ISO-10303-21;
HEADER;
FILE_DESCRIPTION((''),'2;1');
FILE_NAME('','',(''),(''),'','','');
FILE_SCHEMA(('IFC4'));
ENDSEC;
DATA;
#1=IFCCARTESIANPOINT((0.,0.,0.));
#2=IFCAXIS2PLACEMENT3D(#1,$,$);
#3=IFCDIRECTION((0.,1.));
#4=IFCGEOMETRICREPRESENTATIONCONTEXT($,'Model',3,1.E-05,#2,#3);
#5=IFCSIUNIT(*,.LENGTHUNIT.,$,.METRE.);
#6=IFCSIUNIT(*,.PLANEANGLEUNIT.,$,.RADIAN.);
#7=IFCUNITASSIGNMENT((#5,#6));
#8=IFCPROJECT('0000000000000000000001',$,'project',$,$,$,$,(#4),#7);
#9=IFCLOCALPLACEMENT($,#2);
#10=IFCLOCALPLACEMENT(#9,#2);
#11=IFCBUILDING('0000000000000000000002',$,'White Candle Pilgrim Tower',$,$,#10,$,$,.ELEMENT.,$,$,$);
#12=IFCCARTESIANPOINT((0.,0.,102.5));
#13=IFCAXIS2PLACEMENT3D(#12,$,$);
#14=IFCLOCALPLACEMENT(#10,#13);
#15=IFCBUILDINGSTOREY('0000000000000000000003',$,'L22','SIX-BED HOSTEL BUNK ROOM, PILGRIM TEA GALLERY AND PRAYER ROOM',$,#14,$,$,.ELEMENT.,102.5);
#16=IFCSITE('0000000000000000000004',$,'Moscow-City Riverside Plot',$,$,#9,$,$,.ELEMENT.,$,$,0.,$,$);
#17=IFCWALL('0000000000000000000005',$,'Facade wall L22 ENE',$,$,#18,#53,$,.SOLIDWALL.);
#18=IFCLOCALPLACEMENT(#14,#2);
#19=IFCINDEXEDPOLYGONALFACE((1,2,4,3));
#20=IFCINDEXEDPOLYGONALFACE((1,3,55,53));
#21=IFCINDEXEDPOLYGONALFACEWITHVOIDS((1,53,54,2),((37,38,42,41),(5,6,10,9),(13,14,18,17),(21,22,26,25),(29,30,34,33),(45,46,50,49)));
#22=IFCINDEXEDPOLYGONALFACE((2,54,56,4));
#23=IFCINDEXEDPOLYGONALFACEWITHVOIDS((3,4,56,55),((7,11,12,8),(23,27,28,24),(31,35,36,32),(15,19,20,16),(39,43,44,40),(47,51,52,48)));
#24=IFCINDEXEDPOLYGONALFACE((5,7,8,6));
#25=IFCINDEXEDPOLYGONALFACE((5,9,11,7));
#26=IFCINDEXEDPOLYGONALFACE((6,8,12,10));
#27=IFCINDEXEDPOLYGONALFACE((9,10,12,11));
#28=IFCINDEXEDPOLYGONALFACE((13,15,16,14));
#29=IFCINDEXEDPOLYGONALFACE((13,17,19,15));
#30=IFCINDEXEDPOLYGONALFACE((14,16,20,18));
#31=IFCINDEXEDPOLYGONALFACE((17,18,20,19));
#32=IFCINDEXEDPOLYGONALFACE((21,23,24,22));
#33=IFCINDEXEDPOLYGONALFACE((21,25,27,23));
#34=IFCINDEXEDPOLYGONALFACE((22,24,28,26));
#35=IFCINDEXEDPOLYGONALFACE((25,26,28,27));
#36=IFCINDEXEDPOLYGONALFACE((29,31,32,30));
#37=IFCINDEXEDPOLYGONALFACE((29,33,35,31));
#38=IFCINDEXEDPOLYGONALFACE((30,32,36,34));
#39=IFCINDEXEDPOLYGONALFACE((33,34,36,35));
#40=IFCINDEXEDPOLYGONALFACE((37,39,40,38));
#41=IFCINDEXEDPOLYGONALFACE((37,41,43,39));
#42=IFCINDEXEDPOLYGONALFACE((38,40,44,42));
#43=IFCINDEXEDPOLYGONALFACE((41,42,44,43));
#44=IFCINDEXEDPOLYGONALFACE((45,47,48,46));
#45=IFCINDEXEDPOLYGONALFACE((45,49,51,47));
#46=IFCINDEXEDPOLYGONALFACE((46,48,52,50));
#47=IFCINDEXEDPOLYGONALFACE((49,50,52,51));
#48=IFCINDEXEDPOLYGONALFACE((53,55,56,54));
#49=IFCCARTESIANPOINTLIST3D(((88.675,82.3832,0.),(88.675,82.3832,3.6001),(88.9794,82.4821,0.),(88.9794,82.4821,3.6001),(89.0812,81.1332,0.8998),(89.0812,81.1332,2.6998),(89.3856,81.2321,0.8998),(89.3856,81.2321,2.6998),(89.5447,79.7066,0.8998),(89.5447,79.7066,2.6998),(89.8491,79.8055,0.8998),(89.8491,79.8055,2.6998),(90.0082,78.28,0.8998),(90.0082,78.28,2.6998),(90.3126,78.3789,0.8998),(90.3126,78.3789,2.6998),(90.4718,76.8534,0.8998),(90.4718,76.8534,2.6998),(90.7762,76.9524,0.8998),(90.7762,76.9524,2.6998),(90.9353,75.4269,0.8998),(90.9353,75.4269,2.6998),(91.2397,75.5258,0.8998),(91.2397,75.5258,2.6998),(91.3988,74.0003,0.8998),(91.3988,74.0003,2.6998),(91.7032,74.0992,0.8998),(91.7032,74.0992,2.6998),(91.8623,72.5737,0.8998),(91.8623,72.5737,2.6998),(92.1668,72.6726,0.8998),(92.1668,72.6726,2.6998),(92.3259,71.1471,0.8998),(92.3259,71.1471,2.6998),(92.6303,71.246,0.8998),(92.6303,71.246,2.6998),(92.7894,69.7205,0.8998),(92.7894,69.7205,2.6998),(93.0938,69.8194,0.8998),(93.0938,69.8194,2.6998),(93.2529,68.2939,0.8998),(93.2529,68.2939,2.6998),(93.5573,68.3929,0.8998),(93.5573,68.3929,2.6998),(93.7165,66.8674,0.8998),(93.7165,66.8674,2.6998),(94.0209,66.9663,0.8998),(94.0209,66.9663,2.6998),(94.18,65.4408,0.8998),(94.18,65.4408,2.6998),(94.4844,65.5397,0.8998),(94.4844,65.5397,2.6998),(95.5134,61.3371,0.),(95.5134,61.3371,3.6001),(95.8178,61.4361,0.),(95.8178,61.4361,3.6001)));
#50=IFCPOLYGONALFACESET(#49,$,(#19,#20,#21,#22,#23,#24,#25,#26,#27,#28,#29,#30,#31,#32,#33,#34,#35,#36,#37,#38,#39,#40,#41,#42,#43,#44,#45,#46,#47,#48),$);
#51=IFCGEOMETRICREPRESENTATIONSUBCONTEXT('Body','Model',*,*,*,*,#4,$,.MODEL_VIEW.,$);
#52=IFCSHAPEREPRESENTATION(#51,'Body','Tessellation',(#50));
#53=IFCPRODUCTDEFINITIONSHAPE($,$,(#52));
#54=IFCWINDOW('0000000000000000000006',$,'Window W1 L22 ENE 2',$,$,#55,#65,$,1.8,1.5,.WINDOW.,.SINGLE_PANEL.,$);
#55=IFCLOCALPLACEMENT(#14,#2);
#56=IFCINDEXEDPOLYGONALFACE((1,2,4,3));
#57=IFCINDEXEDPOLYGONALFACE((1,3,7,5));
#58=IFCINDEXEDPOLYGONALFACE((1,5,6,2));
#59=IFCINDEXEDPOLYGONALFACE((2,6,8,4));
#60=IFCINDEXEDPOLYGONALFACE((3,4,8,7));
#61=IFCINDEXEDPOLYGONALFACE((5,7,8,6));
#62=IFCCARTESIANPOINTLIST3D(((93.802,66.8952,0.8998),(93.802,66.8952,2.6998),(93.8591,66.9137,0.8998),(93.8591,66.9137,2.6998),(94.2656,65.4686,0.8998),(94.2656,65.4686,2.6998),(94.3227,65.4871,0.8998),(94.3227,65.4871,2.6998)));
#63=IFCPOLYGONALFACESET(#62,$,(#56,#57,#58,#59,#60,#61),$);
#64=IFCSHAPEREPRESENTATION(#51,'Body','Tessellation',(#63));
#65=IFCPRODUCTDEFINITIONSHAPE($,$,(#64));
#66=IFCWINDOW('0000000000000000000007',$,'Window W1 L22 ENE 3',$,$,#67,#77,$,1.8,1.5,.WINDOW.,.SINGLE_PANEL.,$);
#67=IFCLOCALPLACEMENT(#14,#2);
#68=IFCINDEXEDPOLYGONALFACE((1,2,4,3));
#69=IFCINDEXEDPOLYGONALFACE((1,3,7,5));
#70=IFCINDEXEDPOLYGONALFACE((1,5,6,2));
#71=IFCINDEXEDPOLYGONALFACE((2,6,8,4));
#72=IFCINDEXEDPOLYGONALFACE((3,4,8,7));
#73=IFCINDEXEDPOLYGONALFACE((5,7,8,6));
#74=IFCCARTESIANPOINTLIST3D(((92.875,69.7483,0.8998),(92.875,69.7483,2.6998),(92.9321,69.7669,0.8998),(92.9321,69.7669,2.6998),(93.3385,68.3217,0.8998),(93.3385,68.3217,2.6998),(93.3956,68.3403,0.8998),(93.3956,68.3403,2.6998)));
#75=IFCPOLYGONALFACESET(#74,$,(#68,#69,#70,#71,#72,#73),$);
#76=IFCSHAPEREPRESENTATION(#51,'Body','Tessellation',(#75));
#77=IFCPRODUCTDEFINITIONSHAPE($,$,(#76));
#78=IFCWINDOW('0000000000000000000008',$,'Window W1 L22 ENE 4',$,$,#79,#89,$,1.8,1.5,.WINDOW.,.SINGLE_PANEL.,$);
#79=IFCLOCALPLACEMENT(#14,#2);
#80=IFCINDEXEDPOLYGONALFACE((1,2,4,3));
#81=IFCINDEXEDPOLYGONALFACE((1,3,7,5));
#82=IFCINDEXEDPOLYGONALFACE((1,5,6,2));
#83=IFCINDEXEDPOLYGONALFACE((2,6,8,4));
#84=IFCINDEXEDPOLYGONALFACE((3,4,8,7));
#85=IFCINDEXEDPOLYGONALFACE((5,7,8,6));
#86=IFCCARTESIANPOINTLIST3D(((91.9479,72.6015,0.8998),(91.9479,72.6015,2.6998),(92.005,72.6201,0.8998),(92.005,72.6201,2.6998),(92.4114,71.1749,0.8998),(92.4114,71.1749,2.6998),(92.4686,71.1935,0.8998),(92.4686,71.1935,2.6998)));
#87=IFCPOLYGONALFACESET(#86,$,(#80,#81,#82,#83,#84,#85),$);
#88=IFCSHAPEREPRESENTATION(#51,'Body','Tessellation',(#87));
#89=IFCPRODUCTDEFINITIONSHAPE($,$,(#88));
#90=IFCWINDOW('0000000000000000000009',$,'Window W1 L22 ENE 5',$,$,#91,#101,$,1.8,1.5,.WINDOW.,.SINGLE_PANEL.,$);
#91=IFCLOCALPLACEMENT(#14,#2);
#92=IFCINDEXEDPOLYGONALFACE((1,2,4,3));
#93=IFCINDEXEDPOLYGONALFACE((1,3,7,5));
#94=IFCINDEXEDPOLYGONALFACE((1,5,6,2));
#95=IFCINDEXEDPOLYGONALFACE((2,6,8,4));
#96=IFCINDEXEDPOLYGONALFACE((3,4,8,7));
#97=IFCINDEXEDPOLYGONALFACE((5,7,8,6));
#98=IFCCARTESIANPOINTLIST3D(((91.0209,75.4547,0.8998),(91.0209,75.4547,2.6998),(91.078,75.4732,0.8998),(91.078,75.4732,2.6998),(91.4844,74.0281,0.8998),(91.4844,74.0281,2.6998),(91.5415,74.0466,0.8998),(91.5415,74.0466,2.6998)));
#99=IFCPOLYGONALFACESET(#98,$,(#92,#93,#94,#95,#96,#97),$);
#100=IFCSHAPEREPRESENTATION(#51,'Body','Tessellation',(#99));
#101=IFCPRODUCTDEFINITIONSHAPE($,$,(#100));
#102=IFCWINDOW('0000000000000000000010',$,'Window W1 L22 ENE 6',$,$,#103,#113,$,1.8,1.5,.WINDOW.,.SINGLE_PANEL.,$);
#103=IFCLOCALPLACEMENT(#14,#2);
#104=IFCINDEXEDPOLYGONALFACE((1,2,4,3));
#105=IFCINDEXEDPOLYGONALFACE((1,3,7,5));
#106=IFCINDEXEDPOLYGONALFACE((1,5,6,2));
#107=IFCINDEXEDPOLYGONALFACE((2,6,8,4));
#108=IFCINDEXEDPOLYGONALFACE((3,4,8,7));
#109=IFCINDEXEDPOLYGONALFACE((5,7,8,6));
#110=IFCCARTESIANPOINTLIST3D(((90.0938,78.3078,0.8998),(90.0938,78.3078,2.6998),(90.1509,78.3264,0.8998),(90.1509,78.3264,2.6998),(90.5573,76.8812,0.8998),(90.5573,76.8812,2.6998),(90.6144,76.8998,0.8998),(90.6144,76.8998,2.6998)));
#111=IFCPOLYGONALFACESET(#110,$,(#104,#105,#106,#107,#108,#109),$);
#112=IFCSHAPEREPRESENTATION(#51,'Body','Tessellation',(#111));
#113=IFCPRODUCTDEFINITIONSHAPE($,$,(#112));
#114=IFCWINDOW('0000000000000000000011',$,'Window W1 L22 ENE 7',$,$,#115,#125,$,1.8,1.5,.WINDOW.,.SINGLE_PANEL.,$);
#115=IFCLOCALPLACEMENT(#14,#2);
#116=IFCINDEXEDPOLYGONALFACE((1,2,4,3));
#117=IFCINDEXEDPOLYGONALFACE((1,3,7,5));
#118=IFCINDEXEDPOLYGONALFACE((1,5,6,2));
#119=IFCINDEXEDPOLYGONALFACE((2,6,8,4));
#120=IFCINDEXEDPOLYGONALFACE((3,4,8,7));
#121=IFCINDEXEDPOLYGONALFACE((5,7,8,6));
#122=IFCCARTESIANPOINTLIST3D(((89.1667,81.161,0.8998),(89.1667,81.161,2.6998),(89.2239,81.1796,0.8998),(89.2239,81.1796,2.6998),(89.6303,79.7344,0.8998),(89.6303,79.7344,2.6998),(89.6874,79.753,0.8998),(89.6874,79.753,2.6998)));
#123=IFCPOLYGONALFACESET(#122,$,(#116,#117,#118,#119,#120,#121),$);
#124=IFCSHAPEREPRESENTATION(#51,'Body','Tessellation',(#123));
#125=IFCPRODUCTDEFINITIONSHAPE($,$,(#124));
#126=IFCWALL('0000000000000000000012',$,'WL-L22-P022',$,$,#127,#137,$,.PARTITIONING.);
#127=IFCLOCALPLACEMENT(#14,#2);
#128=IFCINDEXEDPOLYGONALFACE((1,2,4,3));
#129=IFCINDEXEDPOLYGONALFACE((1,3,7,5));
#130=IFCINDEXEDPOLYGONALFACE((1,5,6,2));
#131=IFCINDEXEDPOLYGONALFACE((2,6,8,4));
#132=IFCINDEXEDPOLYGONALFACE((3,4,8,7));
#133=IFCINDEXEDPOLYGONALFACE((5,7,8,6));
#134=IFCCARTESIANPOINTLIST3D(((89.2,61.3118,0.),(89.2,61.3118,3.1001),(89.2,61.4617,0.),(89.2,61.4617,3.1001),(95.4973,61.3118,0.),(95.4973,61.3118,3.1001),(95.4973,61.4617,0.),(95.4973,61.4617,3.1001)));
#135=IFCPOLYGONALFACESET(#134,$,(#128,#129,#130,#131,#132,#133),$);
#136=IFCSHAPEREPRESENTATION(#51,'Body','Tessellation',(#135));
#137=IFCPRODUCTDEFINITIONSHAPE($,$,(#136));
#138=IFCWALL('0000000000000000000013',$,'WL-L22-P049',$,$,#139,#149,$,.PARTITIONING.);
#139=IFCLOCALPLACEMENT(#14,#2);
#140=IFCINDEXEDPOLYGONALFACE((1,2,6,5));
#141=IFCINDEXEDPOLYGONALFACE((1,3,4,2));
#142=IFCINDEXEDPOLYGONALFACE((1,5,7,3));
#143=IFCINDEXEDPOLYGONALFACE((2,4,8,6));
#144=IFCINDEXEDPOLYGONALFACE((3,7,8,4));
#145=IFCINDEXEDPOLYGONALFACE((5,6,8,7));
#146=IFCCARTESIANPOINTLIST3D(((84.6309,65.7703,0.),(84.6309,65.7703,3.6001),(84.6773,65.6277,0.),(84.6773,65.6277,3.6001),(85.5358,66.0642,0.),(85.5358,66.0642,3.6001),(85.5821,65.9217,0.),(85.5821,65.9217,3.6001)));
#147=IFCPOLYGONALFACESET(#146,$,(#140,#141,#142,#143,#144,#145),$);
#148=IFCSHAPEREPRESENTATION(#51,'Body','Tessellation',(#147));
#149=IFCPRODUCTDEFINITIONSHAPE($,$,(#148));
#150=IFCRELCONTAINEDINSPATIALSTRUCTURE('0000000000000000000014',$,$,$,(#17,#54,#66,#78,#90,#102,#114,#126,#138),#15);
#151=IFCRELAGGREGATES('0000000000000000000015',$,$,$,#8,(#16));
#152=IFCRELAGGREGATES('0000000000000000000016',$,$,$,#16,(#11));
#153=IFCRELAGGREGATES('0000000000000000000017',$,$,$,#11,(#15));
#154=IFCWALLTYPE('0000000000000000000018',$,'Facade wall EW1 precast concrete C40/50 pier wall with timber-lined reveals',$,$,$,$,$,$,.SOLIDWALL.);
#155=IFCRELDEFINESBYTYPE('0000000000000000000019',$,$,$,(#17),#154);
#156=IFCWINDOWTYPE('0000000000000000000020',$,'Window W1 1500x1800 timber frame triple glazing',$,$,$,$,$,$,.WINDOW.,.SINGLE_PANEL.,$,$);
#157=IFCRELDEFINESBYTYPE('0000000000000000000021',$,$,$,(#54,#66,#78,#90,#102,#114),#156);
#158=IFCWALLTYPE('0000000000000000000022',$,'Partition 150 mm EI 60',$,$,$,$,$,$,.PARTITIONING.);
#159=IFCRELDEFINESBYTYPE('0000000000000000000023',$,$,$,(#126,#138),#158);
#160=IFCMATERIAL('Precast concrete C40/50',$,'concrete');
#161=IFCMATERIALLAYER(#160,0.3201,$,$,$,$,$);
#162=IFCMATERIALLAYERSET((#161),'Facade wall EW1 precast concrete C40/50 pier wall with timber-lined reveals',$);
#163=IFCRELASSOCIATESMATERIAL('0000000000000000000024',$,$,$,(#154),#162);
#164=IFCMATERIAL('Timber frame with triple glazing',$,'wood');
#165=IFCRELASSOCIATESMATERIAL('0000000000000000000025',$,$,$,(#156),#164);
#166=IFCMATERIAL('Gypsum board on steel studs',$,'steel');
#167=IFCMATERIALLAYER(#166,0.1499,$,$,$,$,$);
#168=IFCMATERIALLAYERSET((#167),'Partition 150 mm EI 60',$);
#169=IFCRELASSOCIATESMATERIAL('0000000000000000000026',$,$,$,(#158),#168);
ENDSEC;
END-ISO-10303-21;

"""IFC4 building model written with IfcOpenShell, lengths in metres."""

from ifc_helpers import new_model, si_unit, direction, frame, frame_2d, origin, place, context, subcontext, project, spatial, rectangle, extrude, material, layer, layer_set, type_object, element, fill, save


model = new_model("IFC4")

# Units and contexts
model_context = context("Model", 3, precision=1e-05, world=origin(), true_north=direction((0.0, 1.0)))
body_context = subcontext(model_context, "Body", "Model", "MODEL_VIEW")
ifc_project = project(units=[si_unit("LENGTHUNIT", "METRE"), si_unit("PLANEANGLEUNIT", "RADIAN")], contexts=[model_context])

# Site, building, storey
site_placement = place(None, origin())
site = spatial("IfcSite", under=ifc_project, at=site_placement, Name="Moscow-City Riverside Plot", CompositionType="ELEMENT", RefElevation=0.0)
building_placement = place(site_placement, origin())
building = spatial("IfcBuilding", under=site, at=building_placement, Name="White Candle Pilgrim Tower", CompositionType="ELEMENT")
storey_placement = place(building_placement, frame((0.0, 0.0, 102.5)))
storey = spatial("IfcBuildingStorey", under=building, at=storey_placement, Name="L22", Description="SIX-BED HOSTEL BUNK ROOM, PILGRIM TEA GALLERY AND PRAYER ROOM", CompositionType="ELEMENT", Elevation=102.5)

# Shared definitions
ifc_material_1 = material(Name="Gypsum board on steel studs", Category="steel")

# Wall, openings, windows
ifc_material_2 = material(Name="Precast concrete C40/50", Category="concrete")
ifc_layer_1 = layer(ifc_material_2, 0.3201)
ifc_layer_set_1 = layer_set([ifc_layer_1], Name="Facade wall EW1 precast concrete C40/50 pier wall with timber-lined reveals")
wall_type_1 = type_object("IfcWallType", Name="Facade wall EW1 precast concrete C40/50 pier wall with timber-lined reveals", PredefinedType="SOLIDWALL", material=ifc_layer_set_1)
wall_1_placement = place(storey_placement, frame((95.6655, 61.3867, 0.0), z_axis=(0.0, 0.0, 1.0), x_axis=(-0.30902, 0.951056, 0.0)))
wall_1 = element("IfcWall", 1, at=wall_1_placement, inside=storey, type_object=wall_type_1, Name="Facade wall L22 ENE", PredefinedType="SOLIDWALL", context=body_context, shape_type="SweptSolid", body=[
    extrude(rectangle(XDim=22.1292, YDim=0.3201, at=frame_2d((11.0645, 0.0))), origin(), (0.0, 0.0, 1.0), 3.6001),
])
opening_1_placement = place(wall_1_placement, frame((4.3147, 0.0, 0.8999)))
opening_1 = element("IfcOpeningElement", 2, at=opening_1_placement, cuts=wall_1, PredefinedType="OPENING", context=body_context, shape_type="SweptSolid", body=[
    extrude(rectangle(XDim=1.5, YDim=1.8, at=frame_2d((0.75, 0.8999))), frame((0.0, 0.1699, 0.0), z_axis=(0.0, -1.0, 0.0), x_axis=(1.0, 0.0, 0.0)), (0.0, 0.0, 1.0), 0.3401),
])
opening_2_placement = place(wall_1_placement, frame((7.3147, 0.0, 0.8999)))
opening_2 = element("IfcOpeningElement", 3, at=opening_2_placement, cuts=wall_1, PredefinedType="OPENING", context=body_context, shape_type="SweptSolid", body=[
    extrude(rectangle(XDim=1.5, YDim=1.8, at=frame_2d((0.75, 0.8999))), frame((0.0, 0.1699, 0.0), z_axis=(0.0, -1.0, 0.0), x_axis=(1.0, 0.0, 0.0)), (0.0, 0.0, 1.0), 0.3401),
])
opening_3_placement = place(wall_1_placement, frame((10.3147, 0.0, 0.8999)))
opening_3 = element("IfcOpeningElement", 4, at=opening_3_placement, cuts=wall_1, PredefinedType="OPENING", context=body_context, shape_type="SweptSolid", body=[
    extrude(rectangle(XDim=1.5, YDim=1.8, at=frame_2d((0.75, 0.8999))), frame((0.0, 0.1699, 0.0), z_axis=(0.0, -1.0, 0.0), x_axis=(1.0, 0.0, 0.0)), (0.0, 0.0, 1.0), 0.3401),
])
opening_4_placement = place(wall_1_placement, frame((13.3147, 0.0, 0.8999)))
opening_4 = element("IfcOpeningElement", 5, at=opening_4_placement, cuts=wall_1, PredefinedType="OPENING", context=body_context, shape_type="SweptSolid", body=[
    extrude(rectangle(XDim=1.5, YDim=1.8, at=frame_2d((0.75, 0.8999))), frame((0.0, 0.1699, 0.0), z_axis=(0.0, -1.0, 0.0), x_axis=(1.0, 0.0, 0.0)), (0.0, 0.0, 1.0), 0.3401),
])
opening_5_placement = place(wall_1_placement, frame((16.3147, 0.0, 0.8999)))
opening_5 = element("IfcOpeningElement", 6, at=opening_5_placement, cuts=wall_1, PredefinedType="OPENING", context=body_context, shape_type="SweptSolid", body=[
    extrude(rectangle(XDim=1.5, YDim=1.8, at=frame_2d((0.75, 0.8999))), frame((0.0, 0.1699, 0.0), z_axis=(0.0, -1.0, 0.0), x_axis=(1.0, 0.0, 0.0)), (0.0, 0.0, 1.0), 0.3401),
])
opening_6_placement = place(wall_1_placement, frame((19.3147, 0.0, 0.8999)))
opening_6 = element("IfcOpeningElement", 7, at=opening_6_placement, cuts=wall_1, PredefinedType="OPENING", context=body_context, shape_type="SweptSolid", body=[
    extrude(rectangle(XDim=1.5, YDim=1.8, at=frame_2d((0.75, 0.8999))), frame((0.0, 0.1699, 0.0), z_axis=(0.0, -1.0, 0.0), x_axis=(1.0, 0.0, 0.0)), (0.0, 0.0, 1.0), 0.3401),
])
ifc_material_3 = material(Name="Timber frame with triple glazing", Category="wood")
window_type = type_object("IfcWindowType", Name="Window W1 1500x1800 timber frame triple glazing", PartitioningType="SINGLE_PANEL", PredefinedType="WINDOW", material=ifc_material_3)
window_1_placement = place(opening_1_placement, origin())
window_1 = element("IfcWindow", 8, at=window_1_placement, inside=storey, type_object=window_type, Name="Window W1 L22 ENE 2", OverallHeight=1.8, OverallWidth=1.5, PartitioningType="SINGLE_PANEL", PredefinedType="WINDOW", context=body_context, shape_type="SweptSolid", body=[
    extrude(rectangle(XDim=1.5, YDim=1.8, at=frame_2d((0.75, 0.8999))), frame((0.0, 0.0701, 0.0), z_axis=(0.0, -1.0, 0.0), x_axis=(1.0, 0.0, 0.0)), (0.0, 0.0, 1.0), 0.0601),
])
fill(opening_1, window_1)
window_2_placement = place(opening_2_placement, origin())
window_2 = element("IfcWindow", 9, at=window_2_placement, inside=storey, type_object=window_type, Name="Window W1 L22 ENE 3", OverallHeight=1.8, OverallWidth=1.5, PartitioningType="SINGLE_PANEL", PredefinedType="WINDOW", context=body_context, shape_type="SweptSolid", body=[
    extrude(rectangle(XDim=1.5, YDim=1.8, at=frame_2d((0.75, 0.8999))), frame((0.0, 0.0701, 0.0), z_axis=(0.0, -1.0, 0.0), x_axis=(1.0, 0.0, 0.0)), (0.0, 0.0, 1.0), 0.0601),
])
fill(opening_2, window_2)
window_3_placement = place(opening_3_placement, origin())
window_3 = element("IfcWindow", 10, at=window_3_placement, inside=storey, type_object=window_type, Name="Window W1 L22 ENE 4", OverallHeight=1.8, OverallWidth=1.5, PartitioningType="SINGLE_PANEL", PredefinedType="WINDOW", context=body_context, shape_type="SweptSolid", body=[
    extrude(rectangle(XDim=1.5, YDim=1.8, at=frame_2d((0.75, 0.8999))), frame((0.0, 0.0701, 0.0), z_axis=(0.0, -1.0, 0.0), x_axis=(1.0, 0.0, 0.0)), (0.0, 0.0, 1.0), 0.0601),
])
fill(opening_3, window_3)
window_4_placement = place(opening_4_placement, origin())
window_4 = element("IfcWindow", 11, at=window_4_placement, inside=storey, type_object=window_type, Name="Window W1 L22 ENE 5", OverallHeight=1.8, OverallWidth=1.5, PartitioningType="SINGLE_PANEL", PredefinedType="WINDOW", context=body_context, shape_type="SweptSolid", body=[
    extrude(rectangle(XDim=1.5, YDim=1.8, at=frame_2d((0.75, 0.8999))), frame((0.0, 0.0701, 0.0), z_axis=(0.0, -1.0, 0.0), x_axis=(1.0, 0.0, 0.0)), (0.0, 0.0, 1.0), 0.0601),
])
fill(opening_4, window_4)
window_5_placement = place(opening_5_placement, origin())
window_5 = element("IfcWindow", 12, at=window_5_placement, inside=storey, type_object=window_type, Name="Window W1 L22 ENE 6", OverallHeight=1.8, OverallWidth=1.5, PartitioningType="SINGLE_PANEL", PredefinedType="WINDOW", context=body_context, shape_type="SweptSolid", body=[
    extrude(rectangle(XDim=1.5, YDim=1.8, at=frame_2d((0.75, 0.8999))), frame((0.0, 0.0701, 0.0), z_axis=(0.0, -1.0, 0.0), x_axis=(1.0, 0.0, 0.0)), (0.0, 0.0, 1.0), 0.0601),
])
fill(opening_5, window_5)
window_6_placement = place(opening_6_placement, origin())
window_6 = element("IfcWindow", 13, at=window_6_placement, inside=storey, type_object=window_type, Name="Window W1 L22 ENE 7", OverallHeight=1.8, OverallWidth=1.5, PartitioningType="SINGLE_PANEL", PredefinedType="WINDOW", context=body_context, shape_type="SweptSolid", body=[
    extrude(rectangle(XDim=1.5, YDim=1.8, at=frame_2d((0.75, 0.8999))), frame((0.0, 0.0701, 0.0), z_axis=(0.0, -1.0, 0.0), x_axis=(1.0, 0.0, 0.0)), (0.0, 0.0, 1.0), 0.0601),
])
fill(opening_6, window_6)

# Walls
ifc_layer_2 = layer(ifc_material_1, 0.1499)
ifc_layer_set_2 = layer_set([ifc_layer_2], Name="Partition 150 mm EI 60")
wall_type_2 = type_object("IfcWallType", Name="Partition 150 mm EI 60", PredefinedType="PARTITIONING", material=ifc_layer_set_2)
wall_2_placement = place(storey_placement, frame((95.4973, 61.3867, 0.0), z_axis=(0.0, 0.0, 1.0), x_axis=(-1.0, 0.0, 0.0)))
element("IfcWall", 14, at=wall_2_placement, inside=storey, type_object=wall_type_2, Name="WL-L22-P022", PredefinedType="PARTITIONING", context=body_context, shape_type="SweptSolid", body=[
    extrude(rectangle(XDim=6.2974, YDim=0.1499, at=frame_2d((3.1487, 0.0))), origin(), (0.0, 0.0, 1.0), 3.1001),
])
wall_3_placement = place(storey_placement, frame((85.5588, 65.9929, 0.0), z_axis=(0.0, 0.0, 1.0), x_axis=(-0.951068, -0.308982, 0.0)))
element("IfcWall", 15, at=wall_3_placement, inside=storey, type_object=wall_type_2, Name="WL-L22-P049", PredefinedType="PARTITIONING", context=body_context, shape_type="SweptSolid", body=[
    extrude(rectangle(XDim=0.9514, YDim=0.1499, at=frame_2d((0.4756, 0.0))), origin(), (0.0, 0.0, 1.0), 3.6001),
])

save(model, "model.ifc")
